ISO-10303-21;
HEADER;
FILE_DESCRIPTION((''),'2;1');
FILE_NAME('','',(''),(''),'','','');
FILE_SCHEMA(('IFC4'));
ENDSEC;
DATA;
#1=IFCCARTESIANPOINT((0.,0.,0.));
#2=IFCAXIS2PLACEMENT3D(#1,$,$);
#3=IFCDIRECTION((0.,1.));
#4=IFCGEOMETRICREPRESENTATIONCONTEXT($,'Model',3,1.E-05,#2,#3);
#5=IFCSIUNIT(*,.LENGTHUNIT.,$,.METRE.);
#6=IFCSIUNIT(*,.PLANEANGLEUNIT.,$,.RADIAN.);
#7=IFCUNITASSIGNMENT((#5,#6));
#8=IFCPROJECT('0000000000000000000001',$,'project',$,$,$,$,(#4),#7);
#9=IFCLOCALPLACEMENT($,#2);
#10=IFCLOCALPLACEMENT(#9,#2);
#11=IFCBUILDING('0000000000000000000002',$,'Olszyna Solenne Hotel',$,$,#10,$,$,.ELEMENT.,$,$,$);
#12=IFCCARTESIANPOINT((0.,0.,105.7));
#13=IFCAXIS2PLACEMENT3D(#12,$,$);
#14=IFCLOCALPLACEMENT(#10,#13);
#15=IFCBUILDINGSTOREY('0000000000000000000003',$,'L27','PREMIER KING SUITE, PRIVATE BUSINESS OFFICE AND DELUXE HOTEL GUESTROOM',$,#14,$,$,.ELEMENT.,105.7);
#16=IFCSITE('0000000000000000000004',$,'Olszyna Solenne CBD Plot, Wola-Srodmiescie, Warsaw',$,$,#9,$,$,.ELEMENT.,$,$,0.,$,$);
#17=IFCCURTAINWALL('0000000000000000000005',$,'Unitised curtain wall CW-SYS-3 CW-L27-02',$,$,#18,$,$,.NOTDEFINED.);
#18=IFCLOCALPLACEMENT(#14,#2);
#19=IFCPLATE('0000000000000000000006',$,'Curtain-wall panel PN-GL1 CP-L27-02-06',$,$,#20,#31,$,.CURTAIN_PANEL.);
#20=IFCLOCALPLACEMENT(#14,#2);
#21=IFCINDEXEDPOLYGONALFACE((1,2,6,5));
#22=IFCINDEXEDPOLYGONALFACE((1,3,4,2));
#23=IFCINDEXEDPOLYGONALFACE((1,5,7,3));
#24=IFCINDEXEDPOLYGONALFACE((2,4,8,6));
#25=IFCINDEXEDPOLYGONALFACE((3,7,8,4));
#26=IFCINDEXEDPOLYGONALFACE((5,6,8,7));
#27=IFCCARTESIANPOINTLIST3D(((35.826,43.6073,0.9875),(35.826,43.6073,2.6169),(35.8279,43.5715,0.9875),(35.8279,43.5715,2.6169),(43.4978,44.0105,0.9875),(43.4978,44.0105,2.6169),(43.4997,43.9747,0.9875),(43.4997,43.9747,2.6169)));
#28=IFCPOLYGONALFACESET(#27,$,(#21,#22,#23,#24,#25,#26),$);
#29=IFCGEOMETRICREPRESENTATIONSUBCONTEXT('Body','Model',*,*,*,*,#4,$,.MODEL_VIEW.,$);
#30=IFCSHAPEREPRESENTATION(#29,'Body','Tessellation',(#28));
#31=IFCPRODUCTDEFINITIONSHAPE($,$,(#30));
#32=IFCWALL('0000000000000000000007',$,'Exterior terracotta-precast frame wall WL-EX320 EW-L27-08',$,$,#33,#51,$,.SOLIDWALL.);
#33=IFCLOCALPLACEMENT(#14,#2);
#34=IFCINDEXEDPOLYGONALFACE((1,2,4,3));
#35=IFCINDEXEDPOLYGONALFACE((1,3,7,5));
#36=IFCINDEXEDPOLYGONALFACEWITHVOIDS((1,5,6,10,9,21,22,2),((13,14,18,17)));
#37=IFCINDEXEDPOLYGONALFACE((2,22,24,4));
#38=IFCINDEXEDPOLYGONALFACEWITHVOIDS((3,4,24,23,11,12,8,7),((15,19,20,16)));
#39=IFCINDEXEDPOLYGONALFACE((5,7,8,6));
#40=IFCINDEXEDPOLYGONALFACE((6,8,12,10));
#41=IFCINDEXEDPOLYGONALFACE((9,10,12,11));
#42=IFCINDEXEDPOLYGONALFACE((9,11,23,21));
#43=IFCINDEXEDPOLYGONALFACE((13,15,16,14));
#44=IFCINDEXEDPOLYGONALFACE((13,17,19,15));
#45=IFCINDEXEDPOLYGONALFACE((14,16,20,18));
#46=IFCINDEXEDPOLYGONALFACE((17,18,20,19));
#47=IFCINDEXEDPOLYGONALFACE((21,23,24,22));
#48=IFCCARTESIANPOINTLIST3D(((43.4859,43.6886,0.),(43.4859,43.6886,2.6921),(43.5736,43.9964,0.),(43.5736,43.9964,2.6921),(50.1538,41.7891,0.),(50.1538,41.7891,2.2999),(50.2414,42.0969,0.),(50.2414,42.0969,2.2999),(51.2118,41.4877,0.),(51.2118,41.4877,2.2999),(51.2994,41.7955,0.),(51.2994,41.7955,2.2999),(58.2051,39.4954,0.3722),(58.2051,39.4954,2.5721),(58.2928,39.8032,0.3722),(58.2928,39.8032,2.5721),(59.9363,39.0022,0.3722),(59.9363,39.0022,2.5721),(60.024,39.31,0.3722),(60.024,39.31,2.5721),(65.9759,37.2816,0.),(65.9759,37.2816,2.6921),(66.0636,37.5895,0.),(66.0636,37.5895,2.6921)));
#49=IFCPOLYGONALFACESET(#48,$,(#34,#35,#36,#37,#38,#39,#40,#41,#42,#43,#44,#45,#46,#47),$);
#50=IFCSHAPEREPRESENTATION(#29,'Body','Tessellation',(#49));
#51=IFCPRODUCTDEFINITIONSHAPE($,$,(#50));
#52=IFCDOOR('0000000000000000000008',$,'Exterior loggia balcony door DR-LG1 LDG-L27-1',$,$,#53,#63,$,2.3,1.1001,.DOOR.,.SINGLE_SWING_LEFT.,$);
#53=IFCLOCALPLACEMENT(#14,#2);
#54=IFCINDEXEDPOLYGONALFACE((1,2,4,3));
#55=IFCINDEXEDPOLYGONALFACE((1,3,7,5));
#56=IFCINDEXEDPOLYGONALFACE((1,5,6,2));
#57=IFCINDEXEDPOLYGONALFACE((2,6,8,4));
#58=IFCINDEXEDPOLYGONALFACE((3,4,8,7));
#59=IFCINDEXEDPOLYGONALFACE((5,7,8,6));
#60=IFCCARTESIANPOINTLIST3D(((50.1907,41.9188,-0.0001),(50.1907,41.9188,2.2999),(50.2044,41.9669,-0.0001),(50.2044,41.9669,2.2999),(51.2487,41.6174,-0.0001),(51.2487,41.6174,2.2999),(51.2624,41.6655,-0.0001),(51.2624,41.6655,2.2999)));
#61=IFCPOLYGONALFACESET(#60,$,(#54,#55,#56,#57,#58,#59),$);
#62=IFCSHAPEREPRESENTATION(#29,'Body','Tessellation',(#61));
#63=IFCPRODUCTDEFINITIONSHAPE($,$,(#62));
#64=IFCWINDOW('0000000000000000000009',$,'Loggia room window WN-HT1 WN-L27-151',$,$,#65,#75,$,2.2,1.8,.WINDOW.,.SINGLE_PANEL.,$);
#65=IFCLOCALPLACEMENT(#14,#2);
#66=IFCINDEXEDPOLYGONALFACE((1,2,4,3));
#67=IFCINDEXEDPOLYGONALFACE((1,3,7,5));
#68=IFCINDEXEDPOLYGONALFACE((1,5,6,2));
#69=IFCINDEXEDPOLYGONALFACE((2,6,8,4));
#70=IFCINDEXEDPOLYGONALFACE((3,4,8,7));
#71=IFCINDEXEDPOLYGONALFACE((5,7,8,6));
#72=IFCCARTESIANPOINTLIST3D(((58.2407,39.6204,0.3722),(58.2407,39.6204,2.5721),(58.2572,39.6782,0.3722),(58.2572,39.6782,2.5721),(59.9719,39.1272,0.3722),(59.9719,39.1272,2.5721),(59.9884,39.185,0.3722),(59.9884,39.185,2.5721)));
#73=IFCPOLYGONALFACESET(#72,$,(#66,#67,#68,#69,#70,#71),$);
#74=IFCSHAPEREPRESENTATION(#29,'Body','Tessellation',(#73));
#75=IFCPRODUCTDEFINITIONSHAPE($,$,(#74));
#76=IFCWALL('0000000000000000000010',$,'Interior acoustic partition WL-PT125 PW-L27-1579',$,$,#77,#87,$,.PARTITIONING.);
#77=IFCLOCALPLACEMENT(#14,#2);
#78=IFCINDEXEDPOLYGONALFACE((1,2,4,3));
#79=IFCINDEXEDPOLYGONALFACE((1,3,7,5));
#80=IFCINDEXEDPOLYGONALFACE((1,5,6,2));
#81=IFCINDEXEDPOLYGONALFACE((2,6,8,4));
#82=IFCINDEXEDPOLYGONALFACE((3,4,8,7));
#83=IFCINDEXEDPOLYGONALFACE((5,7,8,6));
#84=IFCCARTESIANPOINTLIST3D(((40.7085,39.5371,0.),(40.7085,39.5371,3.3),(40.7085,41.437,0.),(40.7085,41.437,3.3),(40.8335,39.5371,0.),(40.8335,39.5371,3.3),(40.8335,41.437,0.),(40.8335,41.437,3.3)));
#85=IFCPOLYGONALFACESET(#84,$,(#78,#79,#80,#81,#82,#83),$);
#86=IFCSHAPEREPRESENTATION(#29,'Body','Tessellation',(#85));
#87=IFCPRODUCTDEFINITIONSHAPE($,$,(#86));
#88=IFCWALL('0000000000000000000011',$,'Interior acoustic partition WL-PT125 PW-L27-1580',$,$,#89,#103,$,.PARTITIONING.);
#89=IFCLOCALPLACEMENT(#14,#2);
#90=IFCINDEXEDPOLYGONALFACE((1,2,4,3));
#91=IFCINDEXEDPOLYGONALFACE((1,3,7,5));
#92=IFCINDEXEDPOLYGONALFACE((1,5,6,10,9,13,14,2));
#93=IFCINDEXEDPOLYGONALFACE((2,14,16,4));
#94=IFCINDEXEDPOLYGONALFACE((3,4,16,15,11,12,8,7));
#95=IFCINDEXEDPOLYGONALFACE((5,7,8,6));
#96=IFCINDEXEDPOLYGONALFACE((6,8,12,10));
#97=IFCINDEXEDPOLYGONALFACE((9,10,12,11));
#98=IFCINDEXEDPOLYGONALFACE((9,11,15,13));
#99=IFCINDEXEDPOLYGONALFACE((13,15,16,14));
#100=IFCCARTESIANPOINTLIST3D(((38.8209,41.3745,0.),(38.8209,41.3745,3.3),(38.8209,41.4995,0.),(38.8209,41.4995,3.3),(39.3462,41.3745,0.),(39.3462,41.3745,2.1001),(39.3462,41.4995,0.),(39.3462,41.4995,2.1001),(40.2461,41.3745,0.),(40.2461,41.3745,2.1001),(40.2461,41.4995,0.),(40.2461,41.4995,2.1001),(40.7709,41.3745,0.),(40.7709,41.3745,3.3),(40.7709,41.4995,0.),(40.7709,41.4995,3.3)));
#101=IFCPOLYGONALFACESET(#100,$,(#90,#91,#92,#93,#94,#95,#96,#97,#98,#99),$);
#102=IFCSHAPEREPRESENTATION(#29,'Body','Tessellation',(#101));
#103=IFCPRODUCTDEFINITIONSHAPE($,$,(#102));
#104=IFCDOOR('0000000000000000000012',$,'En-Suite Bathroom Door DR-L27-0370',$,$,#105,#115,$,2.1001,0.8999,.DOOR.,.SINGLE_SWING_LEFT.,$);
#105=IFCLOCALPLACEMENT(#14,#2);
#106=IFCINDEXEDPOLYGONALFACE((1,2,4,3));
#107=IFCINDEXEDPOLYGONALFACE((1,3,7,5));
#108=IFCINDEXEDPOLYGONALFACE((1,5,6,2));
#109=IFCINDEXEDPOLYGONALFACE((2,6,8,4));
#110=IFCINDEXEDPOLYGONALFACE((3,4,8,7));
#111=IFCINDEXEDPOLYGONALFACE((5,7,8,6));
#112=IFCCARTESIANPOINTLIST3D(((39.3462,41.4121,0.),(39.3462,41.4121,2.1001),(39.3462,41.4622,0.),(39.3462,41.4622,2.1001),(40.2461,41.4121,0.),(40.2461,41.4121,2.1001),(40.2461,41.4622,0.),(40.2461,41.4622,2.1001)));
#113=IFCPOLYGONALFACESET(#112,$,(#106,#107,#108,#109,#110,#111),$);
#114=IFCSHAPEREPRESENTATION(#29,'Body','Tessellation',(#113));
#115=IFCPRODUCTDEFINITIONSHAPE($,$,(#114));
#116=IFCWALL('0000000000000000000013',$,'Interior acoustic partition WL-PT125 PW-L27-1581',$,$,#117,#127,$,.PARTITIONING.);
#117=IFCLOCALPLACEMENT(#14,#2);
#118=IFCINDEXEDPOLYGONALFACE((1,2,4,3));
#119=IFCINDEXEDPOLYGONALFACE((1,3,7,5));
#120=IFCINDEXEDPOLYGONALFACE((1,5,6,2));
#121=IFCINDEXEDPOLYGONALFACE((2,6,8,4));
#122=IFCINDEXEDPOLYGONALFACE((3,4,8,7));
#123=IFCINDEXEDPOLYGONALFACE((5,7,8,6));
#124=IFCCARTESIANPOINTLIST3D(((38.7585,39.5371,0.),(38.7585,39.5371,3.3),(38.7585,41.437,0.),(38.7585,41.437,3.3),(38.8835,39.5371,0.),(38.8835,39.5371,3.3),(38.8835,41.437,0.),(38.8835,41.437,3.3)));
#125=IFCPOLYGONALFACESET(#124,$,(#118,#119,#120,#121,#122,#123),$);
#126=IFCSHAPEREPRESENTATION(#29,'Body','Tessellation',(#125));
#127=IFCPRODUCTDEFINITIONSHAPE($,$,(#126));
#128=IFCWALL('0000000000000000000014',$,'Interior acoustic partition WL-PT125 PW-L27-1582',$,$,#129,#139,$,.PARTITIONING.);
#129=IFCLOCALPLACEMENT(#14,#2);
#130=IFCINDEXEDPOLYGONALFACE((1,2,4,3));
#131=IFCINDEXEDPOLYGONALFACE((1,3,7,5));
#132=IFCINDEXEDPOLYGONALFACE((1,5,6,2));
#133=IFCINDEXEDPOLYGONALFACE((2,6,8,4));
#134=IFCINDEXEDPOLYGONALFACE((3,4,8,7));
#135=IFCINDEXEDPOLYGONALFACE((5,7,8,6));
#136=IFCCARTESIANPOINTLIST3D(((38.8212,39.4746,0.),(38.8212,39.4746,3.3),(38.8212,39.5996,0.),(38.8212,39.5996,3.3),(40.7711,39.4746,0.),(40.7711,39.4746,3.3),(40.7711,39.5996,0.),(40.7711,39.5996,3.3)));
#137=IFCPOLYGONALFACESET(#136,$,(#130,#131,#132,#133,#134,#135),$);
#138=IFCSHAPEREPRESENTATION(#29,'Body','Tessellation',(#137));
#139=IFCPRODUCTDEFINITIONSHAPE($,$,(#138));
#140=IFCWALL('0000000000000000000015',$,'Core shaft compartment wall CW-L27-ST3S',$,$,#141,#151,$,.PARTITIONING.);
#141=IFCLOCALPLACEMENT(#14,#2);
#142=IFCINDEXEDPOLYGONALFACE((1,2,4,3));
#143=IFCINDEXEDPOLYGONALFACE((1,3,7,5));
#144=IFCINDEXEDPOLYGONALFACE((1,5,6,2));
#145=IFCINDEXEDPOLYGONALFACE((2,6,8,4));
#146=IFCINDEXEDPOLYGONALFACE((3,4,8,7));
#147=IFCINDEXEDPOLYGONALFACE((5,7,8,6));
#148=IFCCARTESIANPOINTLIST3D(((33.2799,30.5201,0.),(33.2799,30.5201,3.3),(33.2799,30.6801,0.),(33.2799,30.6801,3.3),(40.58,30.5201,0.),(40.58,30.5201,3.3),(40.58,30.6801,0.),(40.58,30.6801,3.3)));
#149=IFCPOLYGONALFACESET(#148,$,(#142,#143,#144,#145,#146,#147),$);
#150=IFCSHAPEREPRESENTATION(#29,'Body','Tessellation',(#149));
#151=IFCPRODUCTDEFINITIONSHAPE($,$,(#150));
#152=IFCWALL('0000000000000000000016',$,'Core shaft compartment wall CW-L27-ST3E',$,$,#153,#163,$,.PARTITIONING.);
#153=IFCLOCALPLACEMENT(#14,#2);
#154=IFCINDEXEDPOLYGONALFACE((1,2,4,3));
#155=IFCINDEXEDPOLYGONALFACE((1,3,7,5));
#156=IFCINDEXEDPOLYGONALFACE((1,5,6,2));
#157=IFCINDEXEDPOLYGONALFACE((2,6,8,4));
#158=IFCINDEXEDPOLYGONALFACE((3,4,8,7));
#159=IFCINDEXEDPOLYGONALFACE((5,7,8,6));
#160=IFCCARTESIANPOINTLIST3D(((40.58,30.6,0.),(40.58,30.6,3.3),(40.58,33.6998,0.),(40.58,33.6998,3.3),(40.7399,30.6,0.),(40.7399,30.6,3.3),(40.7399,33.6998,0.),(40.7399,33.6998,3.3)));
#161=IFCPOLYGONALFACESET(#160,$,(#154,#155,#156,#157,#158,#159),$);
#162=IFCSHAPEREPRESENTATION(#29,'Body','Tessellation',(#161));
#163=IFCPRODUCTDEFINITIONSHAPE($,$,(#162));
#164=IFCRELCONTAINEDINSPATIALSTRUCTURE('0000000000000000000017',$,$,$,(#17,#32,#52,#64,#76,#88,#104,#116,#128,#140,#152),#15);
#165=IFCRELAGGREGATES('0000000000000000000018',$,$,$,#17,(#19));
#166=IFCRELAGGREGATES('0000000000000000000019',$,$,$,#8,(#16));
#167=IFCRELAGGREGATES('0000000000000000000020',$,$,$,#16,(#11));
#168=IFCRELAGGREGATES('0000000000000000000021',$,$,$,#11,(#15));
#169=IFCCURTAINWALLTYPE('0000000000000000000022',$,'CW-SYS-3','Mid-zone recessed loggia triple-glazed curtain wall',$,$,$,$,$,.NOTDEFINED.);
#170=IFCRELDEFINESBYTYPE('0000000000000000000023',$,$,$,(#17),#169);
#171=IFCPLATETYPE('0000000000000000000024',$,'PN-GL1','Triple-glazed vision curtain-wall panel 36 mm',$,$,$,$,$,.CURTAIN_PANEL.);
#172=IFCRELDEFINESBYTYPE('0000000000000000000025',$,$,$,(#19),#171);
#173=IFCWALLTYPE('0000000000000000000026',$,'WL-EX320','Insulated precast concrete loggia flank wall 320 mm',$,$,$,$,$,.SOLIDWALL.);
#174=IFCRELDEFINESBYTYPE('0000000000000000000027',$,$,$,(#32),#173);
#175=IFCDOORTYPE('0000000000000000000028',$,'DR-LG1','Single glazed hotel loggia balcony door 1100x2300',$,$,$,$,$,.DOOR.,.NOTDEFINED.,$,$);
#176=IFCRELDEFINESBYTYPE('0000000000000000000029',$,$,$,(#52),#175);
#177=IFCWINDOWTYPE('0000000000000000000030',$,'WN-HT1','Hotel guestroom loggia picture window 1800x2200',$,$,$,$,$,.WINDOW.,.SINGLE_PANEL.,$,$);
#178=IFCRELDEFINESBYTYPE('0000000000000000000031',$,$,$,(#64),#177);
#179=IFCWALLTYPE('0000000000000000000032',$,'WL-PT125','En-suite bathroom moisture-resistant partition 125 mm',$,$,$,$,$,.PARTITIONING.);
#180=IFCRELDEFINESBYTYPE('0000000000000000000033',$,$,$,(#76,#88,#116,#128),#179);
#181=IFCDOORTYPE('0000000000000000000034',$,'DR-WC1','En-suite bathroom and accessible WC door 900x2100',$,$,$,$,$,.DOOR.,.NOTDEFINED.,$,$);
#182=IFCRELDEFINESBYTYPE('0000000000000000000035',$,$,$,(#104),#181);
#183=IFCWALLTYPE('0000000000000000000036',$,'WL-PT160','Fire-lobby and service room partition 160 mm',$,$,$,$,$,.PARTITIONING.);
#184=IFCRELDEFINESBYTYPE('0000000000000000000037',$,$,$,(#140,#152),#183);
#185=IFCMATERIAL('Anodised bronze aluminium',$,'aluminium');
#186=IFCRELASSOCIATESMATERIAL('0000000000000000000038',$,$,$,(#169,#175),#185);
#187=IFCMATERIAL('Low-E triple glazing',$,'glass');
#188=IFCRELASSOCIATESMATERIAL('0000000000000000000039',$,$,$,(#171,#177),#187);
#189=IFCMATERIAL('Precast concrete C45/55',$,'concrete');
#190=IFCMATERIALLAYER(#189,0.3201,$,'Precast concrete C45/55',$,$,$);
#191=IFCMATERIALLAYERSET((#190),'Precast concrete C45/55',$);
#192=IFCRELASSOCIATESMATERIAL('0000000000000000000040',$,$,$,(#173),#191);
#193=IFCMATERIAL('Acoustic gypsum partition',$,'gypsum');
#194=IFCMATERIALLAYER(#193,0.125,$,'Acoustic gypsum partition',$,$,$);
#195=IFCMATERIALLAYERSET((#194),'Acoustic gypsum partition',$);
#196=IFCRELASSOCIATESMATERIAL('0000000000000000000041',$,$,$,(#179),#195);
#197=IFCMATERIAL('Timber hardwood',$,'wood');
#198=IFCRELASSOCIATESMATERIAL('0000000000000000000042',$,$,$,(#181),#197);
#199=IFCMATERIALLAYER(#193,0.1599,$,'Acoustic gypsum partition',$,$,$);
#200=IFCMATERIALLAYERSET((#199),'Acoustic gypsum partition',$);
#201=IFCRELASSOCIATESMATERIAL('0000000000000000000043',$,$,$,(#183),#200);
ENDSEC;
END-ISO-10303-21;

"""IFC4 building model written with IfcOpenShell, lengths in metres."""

from ifc_helpers import new_model, si_unit, direction, frame, frame_2d, origin, origin_2d, place, context, subcontext, project, spatial, rectangle, extrude, source, transform, mapped, material, layer, layer_set, type_object, type_shapes, element, fill, aggregate, save


model = new_model("IFC4")

# Units and contexts
model_context = context("Model", 3, precision=1e-05, world=origin(), true_north=direction((0.0, 1.0)))
body_context = subcontext(model_context, "Body", "Model", "MODEL_VIEW")
ifc_project = project(units=[si_unit("LENGTHUNIT", "METRE"), si_unit("PLANEANGLEUNIT", "RADIAN")], contexts=[model_context])

# Site, building, storey
site_placement = place(None, origin())
site = spatial("IfcSite", under=ifc_project, at=site_placement, Name="Olszyna Solenne CBD Plot, Wola-Srodmiescie, Warsaw", CompositionType="ELEMENT", RefElevation=0.0)
building_placement = place(site_placement, origin())
building = spatial("IfcBuilding", under=site, at=building_placement, Name="Olszyna Solenne Hotel", CompositionType="ELEMENT")
storey_placement = place(building_placement, frame((0.0, 0.0, 105.7)))
storey = spatial("IfcBuildingStorey", under=building, at=storey_placement, Name="L27", Description="PREMIER KING SUITE, PRIVATE BUSINESS OFFICE AND DELUXE HOTEL GUESTROOM", CompositionType="ELEMENT", Elevation=105.7)

# Curtain wall
ifc_material_1 = material(Name="Anodised bronze aluminium", Category="aluminium")
curtain_wall_type = type_object("IfcCurtainWallType", Name="CW-SYS-3", Description="Mid-zone recessed loggia triple-glazed curtain wall", PredefinedType="NOTDEFINED", material=ifc_material_1)
curtain_wall_placement = place(storey_placement, origin())
curtain_wall = element("IfcCurtainWall", 1, at=curtain_wall_placement, inside=storey, type_object=curtain_wall_type, Name="Unitised curtain wall CW-SYS-3 CW-L27-02", PredefinedType="NOTDEFINED")

# Plate
ifc_material_2 = material(Name="Low-E triple glazing", Category="glass")
plate_type_1 = type_object("IfcPlateType", Name="PN-GL1", Description="Triple-glazed vision curtain-wall panel 36 mm", PredefinedType="CURTAIN_PANEL", material=ifc_material_2)
shared_shape_1 = source(origin(), body_context, "Body", "SweptSolid", [
    extrude(rectangle(XDim=7.6824, YDim=0.0359, at=origin_2d()), origin(), (0.0, 0.0, 1.0), 1.6294),
])
plate_1_placement = place(storey_placement, frame((39.6628, 43.791, 0.9875), z_axis=(0.0, 0.0, 1.0), x_axis=(0.998622, 0.052483, 0.0)))
plate_1 = element("IfcPlate", 2, at=plate_1_placement, type_object=plate_type_1, Name="Curtain-wall panel PN-GL1 CP-L27-02-06", PredefinedType="CURTAIN_PANEL", context=body_context, shape_type="MappedRepresentation", body=[
    mapped(shared_shape_1, transform((0.0, 0.0, 0.0), x_axis=(1.0, 0.0, 0.0), y_axis=(0.0, 1.0, 0.0), z_axis=(0.0, 0.0, 1.0), scale=1.0)),
])
aggregate(curtain_wall, [plate_1])

# Wall, openings, door, window
ifc_material_3 = material(Name="Precast concrete C45/55", Category="concrete")
ifc_layer_1 = layer(ifc_material_3, 0.3201, Name="Precast concrete C45/55")
ifc_layer_set_1 = layer_set([ifc_layer_1], Name="Precast concrete C45/55")
wall_type_1 = type_object("IfcWallType", Name="WL-EX320", Description="Insulated precast concrete loggia flank wall 320 mm", PredefinedType="SOLIDWALL", material=ifc_layer_set_1)
wall_1_placement = place(storey_placement, frame((43.5298, 43.8425, 0.0), z_axis=(0.0, 0.0, 1.0), x_axis=(0.961735, -0.273981, 0.0)))
wall_1 = element("IfcWall", 3, at=wall_1_placement, inside=storey, type_object=wall_type_1, Name="Exterior terracotta-precast frame wall WL-EX320 EW-L27-08", PredefinedType="SOLIDWALL", context=body_context, shape_type="SweptSolid", body=[
    extrude(rectangle(XDim=23.3848, YDim=0.3201, at=frame_2d((11.6924, 0.0))), origin(), (0.0, 0.0, 1.0), 2.6921),
])
opening_1_placement = place(wall_1_placement, frame((6.9331, 0.0, 0.0)))
opening_1 = element("IfcOpeningElement", 4, at=opening_1_placement, cuts=wall_1, PredefinedType="OPENING", context=body_context, shape_type="SweptSolid", body=[
    extrude(rectangle(XDim=1.1001, YDim=2.3, at=frame_2d((0.55, 1.1499))), frame((0.0, 0.1699, 0.0), z_axis=(0.0, -1.0, 0.0), x_axis=(1.0, 0.0, 0.0)), (0.0, 0.0, 1.0), 0.3401),
])
opening_2_placement = place(wall_1_placement, frame((15.3049, 0.0, 0.3721)))
opening_2 = element("IfcOpeningElement", 5, at=opening_2_placement, cuts=wall_1, PredefinedType="OPENING", context=body_context, shape_type="SweptSolid", body=[
    extrude(rectangle(XDim=1.8, YDim=2.2, at=frame_2d((0.8999, 1.1001))), frame((0.0, 0.1699, 0.0), z_axis=(0.0, -1.0, 0.0), x_axis=(1.0, 0.0, 0.0)), (0.0, 0.0, 1.0), 0.3401),
])
door_type_1 = type_object("IfcDoorType", Name="DR-LG1", Description="Single glazed hotel loggia balcony door 1100x2300", OperationType="NOTDEFINED", PredefinedType="DOOR", material=ifc_material_1)
shared_shape_2 = source(origin(), body_context, "Body", "SweptSolid", [
    extrude(rectangle(XDim=1.1001, YDim=2.3, at=frame_2d((0.55, 1.1499))), frame((0.0, 0.0249, 0.0), z_axis=(0.0, -1.0, 0.0), x_axis=(1.0, 0.0, 0.0)), (0.0, 0.0, 1.0), 0.05),
])
type_shapes(door_type_1, [shared_shape_2])
door_1_placement = place(opening_1_placement, origin())
door_1 = element("IfcDoor", 6, at=door_1_placement, inside=storey, type_object=door_type_1, Name="Exterior loggia balcony door DR-LG1 LDG-L27-1", OperationType="SINGLE_SWING_LEFT", OverallHeight=2.3, OverallWidth=1.1001, PredefinedType="DOOR", context=body_context, shape_type="MappedRepresentation", body=[
    mapped(shared_shape_2, transform((0.0, 0.0, 0.0), x_axis=(1.0, 0.0, 0.0), y_axis=(0.0, 1.0, 0.0), z_axis=(0.0, 0.0, 1.0), scale=1.0)),
])
fill(opening_1, door_1)
window_type = type_object("IfcWindowType", Name="WN-HT1", Description="Hotel guestroom loggia picture window 1800x2200", PartitioningType="SINGLE_PANEL", PredefinedType="WINDOW", material=ifc_material_2)
shared_shape_3 = source(origin(), body_context, "Body", "SweptSolid", [
    extrude(rectangle(XDim=1.8, YDim=2.2, at=frame_2d((0.8999, 1.1001))), frame((0.0, 0.03, 0.0), z_axis=(0.0, -1.0, 0.0), x_axis=(1.0, 0.0, 0.0)), (0.0, 0.0, 1.0), 0.0601),
])
type_shapes(window_type, [shared_shape_3])
window_placement = place(opening_2_placement, origin())
window = element("IfcWindow", 7, at=window_placement, inside=storey, type_object=window_type, Name="Loggia room window WN-HT1 WN-L27-151", OverallHeight=2.2, OverallWidth=1.8, PartitioningType="SINGLE_PANEL", PredefinedType="WINDOW", context=body_context, shape_type="MappedRepresentation", body=[
    mapped(shared_shape_3, transform((0.0, 0.0, 0.0), x_axis=(1.0, 0.0, 0.0), y_axis=(0.0, 1.0, 0.0), z_axis=(0.0, 0.0, 1.0), scale=1.0)),
])
fill(opening_2, window)

# Wall
ifc_material_4 = material(Name="Acoustic gypsum partition", Category="gypsum")
ifc_layer_2 = layer(ifc_material_4, 0.125, Name="Acoustic gypsum partition")
ifc_layer_set_2 = layer_set([ifc_layer_2], Name="Acoustic gypsum partition")
wall_type_2 = type_object("IfcWallType", Name="WL-PT125", Description="En-suite bathroom moisture-resistant partition 125 mm", PredefinedType="PARTITIONING", material=ifc_layer_set_2)
wall_2_placement = place(storey_placement, frame((40.771, 39.5371, 0.0), z_axis=(0.0, 0.0, 1.0), x_axis=(0.0, 1.0, 0.0)))
element("IfcWall", 8, at=wall_2_placement, inside=storey, type_object=wall_type_2, Name="Interior acoustic partition WL-PT125 PW-L27-1579", PredefinedType="PARTITIONING", context=body_context, shape_type="SweptSolid", body=[
    extrude(rectangle(XDim=1.8999, YDim=0.125, at=frame_2d((0.95, 0.0))), origin(), (0.0, 0.0, 1.0), 3.3),
])

# Wall, opening, door
wall_3_placement = place(storey_placement, frame((40.771, 41.437, 0.0), z_axis=(0.0, 0.0, 1.0), x_axis=(-1.0, 0.0, 0.0)))
wall_3 = element("IfcWall", 9, at=wall_3_placement, inside=storey, type_object=wall_type_2, Name="Interior acoustic partition WL-PT125 PW-L27-1580", PredefinedType="PARTITIONING", context=body_context, shape_type="SweptSolid", body=[
    extrude(rectangle(XDim=1.95, YDim=0.125, at=frame_2d((0.9751, 0.0))), origin(), (0.0, 0.0, 1.0), 3.3),
])
opening_3_placement = place(wall_3_placement, frame((0.5249, 0.0, 0.0)))
opening_3 = element("IfcOpeningElement", 10, at=opening_3_placement, cuts=wall_3, PredefinedType="OPENING", context=body_context, shape_type="SweptSolid", body=[
    extrude(rectangle(XDim=0.8999, YDim=2.1001, at=frame_2d((0.45, 1.05))), frame((0.0, 0.0725, 0.0), z_axis=(0.0, -1.0, 0.0), x_axis=(1.0, 0.0, 0.0)), (0.0, 0.0, 1.0), 0.145),
])
ifc_material_5 = material(Name="Timber hardwood", Category="wood")
door_type_2 = type_object("IfcDoorType", Name="DR-WC1", Description="En-suite bathroom and accessible WC door 900x2100", OperationType="NOTDEFINED", PredefinedType="DOOR", material=ifc_material_5)
shared_shape_4 = source(origin(), body_context, "Body", "SweptSolid", [
    extrude(rectangle(XDim=0.8999, YDim=2.1001, at=frame_2d((0.45, 1.05))), frame((0.0, 0.0249, 0.0), z_axis=(0.0, -1.0, 0.0), x_axis=(1.0, 0.0, 0.0)), (0.0, 0.0, 1.0), 0.05),
])
type_shapes(door_type_2, [shared_shape_4])
door_2_placement = place(opening_3_placement, origin())
door_2 = element("IfcDoor", 11, at=door_2_placement, inside=storey, type_object=door_type_2, Name="En-Suite Bathroom Door DR-L27-0370", OperationType="SINGLE_SWING_LEFT", OverallHeight=2.1001, OverallWidth=0.8999, PredefinedType="DOOR", context=body_context, shape_type="MappedRepresentation", body=[
    mapped(shared_shape_4, transform((0.0, 0.0, 0.0), x_axis=(1.0, 0.0, 0.0), y_axis=(0.0, 1.0, 0.0), z_axis=(0.0, 0.0, 1.0), scale=1.0)),
])
fill(opening_3, door_2)

# Walls
wall_4_placement = place(storey_placement, frame((38.821, 41.437, 0.0), z_axis=(0.0, 0.0, 1.0), x_axis=(0.0, -1.0, 0.0)))
element("IfcWall", 12, at=wall_4_placement, inside=storey, type_object=wall_type_2, Name="Interior acoustic partition WL-PT125 PW-L27-1581", PredefinedType="PARTITIONING", context=body_context, shape_type="SweptSolid", body=[
    extrude(rectangle(XDim=1.8999, YDim=0.125, at=frame_2d((0.95, 0.0))), origin(), (0.0, 0.0, 1.0), 3.3),
])
wall_5_placement = place(storey_placement, frame((38.821, 39.5371, 0.0), z_axis=(0.0, 0.0, 1.0), x_axis=(1.0, 0.0, 0.0)))
element("IfcWall", 13, at=wall_5_placement, inside=storey, type_object=wall_type_2, Name="Interior acoustic partition WL-PT125 PW-L27-1582", PredefinedType="PARTITIONING", context=body_context, shape_type="SweptSolid", body=[
    extrude(rectangle(XDim=1.95, YDim=0.125, at=frame_2d((0.9751, 0.0))), origin(), (0.0, 0.0, 1.0), 3.3),
])
ifc_layer_3 = layer(ifc_material_4, 0.1599, Name="Acoustic gypsum partition")
ifc_layer_set_3 = layer_set([ifc_layer_3], Name="Acoustic gypsum partition")
wall_type_3 = type_object("IfcWallType", Name="WL-PT160", Description="Fire-lobby and service room partition 160 mm", PredefinedType="PARTITIONING", material=ifc_layer_set_3)
wall_6_placement = place(storey_placement, frame((33.28, 30.6001, 0.0), z_axis=(0.0, 0.0, 1.0), x_axis=(1.0, 0.0, 0.0)))
element("IfcWall", 14, at=wall_6_placement, inside=storey, type_object=wall_type_3, Name="Core shaft compartment wall CW-L27-ST3S", PredefinedType="PARTITIONING", context=body_context, shape_type="SweptSolid", body=[
    extrude(rectangle(XDim=7.3, YDim=0.1599, at=frame_2d((3.6499, 0.0))), origin(), (0.0, 0.0, 1.0), 3.3),
])
wall_7_placement = place(storey_placement, frame((40.6599, 30.6001, 0.0), z_axis=(0.0, 0.0, 1.0), x_axis=(0.0, 1.0, 0.0)))
element("IfcWall", 15, at=wall_7_placement, inside=storey, type_object=wall_type_3, Name="Core shaft compartment wall CW-L27-ST3E", PredefinedType="PARTITIONING", context=body_context, shape_type="SweptSolid", body=[
    extrude(rectangle(XDim=3.0999, YDim=0.1599, at=frame_2d((1.5498, 0.0))), origin(), (0.0, 0.0, 1.0), 3.3),
])

save(model, "model.ifc")
